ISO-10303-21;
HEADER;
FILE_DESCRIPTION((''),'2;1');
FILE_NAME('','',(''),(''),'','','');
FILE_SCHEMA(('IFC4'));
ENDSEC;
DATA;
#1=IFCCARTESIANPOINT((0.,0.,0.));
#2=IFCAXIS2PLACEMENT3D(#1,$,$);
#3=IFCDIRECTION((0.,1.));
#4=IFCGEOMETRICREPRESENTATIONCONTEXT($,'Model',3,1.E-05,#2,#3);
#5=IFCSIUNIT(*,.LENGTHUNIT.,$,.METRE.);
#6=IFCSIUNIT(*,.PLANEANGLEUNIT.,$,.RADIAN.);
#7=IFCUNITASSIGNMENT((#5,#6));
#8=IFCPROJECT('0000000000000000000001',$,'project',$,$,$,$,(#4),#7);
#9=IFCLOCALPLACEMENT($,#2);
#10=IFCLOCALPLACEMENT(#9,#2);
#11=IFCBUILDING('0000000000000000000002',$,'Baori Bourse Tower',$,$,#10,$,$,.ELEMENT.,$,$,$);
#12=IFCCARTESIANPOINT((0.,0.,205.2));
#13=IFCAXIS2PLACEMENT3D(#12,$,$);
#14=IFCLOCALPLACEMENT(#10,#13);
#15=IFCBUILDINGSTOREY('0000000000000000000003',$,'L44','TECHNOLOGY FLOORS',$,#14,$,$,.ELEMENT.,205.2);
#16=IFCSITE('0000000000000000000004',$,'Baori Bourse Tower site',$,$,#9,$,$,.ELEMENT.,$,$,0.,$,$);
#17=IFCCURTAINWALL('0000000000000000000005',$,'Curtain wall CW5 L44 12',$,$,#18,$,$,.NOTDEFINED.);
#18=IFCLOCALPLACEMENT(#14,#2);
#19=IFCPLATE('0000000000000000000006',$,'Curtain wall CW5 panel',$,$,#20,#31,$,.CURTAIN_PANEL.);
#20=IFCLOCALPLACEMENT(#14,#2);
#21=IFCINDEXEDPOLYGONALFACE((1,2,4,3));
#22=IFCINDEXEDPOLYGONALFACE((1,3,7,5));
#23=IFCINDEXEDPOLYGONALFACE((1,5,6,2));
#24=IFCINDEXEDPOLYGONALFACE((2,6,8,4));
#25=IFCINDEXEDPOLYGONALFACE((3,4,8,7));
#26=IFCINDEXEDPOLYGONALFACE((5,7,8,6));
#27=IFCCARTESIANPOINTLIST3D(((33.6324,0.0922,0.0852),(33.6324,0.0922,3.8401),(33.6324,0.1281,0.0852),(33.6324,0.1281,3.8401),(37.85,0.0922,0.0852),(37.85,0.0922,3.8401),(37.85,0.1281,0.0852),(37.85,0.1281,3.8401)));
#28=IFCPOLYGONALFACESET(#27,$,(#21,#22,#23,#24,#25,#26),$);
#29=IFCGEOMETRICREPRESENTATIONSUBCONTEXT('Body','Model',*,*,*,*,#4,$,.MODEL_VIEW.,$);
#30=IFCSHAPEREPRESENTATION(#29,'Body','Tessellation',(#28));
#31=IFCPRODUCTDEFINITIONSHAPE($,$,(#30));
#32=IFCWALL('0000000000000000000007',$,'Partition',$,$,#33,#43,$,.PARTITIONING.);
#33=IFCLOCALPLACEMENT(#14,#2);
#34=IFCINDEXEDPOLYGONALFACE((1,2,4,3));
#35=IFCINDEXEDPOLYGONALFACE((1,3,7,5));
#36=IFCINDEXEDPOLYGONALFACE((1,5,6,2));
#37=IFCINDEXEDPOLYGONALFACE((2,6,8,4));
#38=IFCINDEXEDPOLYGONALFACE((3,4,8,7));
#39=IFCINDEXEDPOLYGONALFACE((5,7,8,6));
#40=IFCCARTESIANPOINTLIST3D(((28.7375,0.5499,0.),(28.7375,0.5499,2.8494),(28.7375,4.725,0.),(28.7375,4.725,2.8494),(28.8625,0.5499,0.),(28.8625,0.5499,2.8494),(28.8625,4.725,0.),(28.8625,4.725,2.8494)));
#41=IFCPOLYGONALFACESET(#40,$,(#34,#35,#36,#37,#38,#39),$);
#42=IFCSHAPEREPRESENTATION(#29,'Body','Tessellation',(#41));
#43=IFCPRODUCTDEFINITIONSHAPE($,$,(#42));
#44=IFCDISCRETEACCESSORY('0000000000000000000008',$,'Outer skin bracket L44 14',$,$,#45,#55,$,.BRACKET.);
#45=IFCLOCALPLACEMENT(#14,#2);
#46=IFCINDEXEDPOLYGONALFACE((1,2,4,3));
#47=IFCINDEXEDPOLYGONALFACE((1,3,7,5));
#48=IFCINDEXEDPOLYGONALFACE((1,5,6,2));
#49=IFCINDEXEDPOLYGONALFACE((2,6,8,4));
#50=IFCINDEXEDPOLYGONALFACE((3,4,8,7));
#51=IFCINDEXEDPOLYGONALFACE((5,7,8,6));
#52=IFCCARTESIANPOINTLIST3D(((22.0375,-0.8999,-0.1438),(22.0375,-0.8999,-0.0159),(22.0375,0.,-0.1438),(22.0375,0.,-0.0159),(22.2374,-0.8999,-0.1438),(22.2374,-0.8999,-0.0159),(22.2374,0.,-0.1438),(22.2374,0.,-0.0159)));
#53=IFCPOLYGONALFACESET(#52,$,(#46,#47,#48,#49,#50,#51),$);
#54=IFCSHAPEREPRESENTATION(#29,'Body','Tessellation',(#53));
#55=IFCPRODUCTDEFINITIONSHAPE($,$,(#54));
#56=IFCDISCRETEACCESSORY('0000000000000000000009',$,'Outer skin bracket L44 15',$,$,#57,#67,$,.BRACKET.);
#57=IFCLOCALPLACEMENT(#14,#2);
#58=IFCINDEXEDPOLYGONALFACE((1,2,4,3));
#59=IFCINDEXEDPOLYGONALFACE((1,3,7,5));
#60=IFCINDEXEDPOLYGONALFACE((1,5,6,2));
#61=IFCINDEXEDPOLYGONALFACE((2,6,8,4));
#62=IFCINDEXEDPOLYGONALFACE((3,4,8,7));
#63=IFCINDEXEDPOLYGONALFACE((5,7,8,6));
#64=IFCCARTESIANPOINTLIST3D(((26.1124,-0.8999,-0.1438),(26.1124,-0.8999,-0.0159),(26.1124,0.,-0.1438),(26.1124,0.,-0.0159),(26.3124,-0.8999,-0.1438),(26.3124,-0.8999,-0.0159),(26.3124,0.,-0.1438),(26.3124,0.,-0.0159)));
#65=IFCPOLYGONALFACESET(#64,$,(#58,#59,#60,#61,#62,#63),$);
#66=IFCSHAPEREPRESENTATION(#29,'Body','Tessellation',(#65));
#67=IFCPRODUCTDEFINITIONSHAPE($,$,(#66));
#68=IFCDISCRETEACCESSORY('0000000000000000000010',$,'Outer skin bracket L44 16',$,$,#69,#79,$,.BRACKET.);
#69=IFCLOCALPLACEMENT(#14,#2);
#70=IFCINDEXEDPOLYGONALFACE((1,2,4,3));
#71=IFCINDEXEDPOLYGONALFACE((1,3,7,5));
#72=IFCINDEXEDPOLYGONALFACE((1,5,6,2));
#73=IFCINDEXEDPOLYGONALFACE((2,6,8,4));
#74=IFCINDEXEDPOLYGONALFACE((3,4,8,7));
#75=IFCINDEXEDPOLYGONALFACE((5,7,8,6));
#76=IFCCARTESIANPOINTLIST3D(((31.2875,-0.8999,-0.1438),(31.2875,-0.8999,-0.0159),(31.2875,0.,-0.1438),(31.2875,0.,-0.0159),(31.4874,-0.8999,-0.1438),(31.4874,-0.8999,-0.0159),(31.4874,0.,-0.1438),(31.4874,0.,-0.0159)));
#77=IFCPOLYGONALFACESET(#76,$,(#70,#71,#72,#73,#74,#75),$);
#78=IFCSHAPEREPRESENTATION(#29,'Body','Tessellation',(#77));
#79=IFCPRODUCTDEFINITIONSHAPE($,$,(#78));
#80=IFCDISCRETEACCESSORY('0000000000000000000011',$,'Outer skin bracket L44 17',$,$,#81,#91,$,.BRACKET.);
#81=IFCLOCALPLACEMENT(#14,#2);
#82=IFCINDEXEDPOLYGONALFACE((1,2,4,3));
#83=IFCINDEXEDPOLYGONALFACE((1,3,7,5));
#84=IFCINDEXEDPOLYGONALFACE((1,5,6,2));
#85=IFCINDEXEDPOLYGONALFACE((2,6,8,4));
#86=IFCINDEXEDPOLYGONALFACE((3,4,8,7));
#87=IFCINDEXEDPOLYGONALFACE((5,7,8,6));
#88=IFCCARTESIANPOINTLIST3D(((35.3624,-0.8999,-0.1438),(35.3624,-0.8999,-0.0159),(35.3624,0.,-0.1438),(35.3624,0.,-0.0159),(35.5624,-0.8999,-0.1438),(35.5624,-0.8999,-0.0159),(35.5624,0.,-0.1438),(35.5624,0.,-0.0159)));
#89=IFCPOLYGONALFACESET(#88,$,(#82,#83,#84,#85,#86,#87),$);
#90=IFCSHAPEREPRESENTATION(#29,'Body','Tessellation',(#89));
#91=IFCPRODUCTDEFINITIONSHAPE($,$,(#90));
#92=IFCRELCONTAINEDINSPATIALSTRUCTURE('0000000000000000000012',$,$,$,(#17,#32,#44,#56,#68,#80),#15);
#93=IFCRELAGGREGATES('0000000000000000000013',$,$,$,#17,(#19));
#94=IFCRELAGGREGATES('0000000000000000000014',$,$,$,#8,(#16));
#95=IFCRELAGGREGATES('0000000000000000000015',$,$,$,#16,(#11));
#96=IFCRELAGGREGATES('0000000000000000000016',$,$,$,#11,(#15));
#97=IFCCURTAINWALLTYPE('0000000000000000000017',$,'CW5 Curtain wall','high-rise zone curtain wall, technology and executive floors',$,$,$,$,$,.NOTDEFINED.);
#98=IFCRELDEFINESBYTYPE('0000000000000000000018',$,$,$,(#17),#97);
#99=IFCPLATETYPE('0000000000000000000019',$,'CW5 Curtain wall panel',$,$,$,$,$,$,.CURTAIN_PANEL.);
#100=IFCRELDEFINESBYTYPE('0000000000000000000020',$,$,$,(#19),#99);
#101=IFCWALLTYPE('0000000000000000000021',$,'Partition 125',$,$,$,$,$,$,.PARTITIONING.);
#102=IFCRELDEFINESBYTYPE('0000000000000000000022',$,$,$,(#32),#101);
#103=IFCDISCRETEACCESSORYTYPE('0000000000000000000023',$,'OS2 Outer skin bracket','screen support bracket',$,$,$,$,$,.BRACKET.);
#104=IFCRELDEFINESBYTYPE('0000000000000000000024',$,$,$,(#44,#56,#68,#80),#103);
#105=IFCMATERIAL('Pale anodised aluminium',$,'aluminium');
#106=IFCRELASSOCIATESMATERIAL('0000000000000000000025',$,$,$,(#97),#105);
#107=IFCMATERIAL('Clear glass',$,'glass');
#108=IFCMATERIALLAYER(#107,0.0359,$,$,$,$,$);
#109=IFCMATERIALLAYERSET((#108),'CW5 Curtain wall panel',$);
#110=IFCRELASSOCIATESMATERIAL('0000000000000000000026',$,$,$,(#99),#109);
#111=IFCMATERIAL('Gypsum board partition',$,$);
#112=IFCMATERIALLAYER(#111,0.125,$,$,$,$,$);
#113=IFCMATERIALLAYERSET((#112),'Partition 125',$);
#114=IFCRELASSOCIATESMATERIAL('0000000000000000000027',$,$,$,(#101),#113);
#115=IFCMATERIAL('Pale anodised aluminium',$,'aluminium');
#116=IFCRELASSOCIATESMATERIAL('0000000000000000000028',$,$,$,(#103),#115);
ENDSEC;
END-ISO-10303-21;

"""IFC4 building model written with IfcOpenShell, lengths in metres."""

from ifc_helpers import new_model, si_unit, direction, frame, frame_2d, origin, origin_2d, place, context, subcontext, project, spatial, rectangle, extrude, material, layer, layer_set, type_object, element, aggregate, save


model = new_model("IFC4")

# Units and contexts
model_context = context("Model", 3, precision=1e-05, world=origin(), true_north=direction((0.0, 1.0)))
body_context = subcontext(model_context, "Body", "Model", "MODEL_VIEW")
ifc_project = project(units=[si_unit("LENGTHUNIT", "METRE"), si_unit("PLANEANGLEUNIT", "RADIAN")], contexts=[model_context])

# Site, building, storey
site_placement = place(None, origin())
site = spatial("IfcSite", under=ifc_project, at=site_placement, Name="Baori Bourse Tower site", CompositionType="ELEMENT", RefElevation=0.0)
building_placement = place(site_placement, origin())
building = spatial("IfcBuilding", under=site, at=building_placement, Name="Baori Bourse Tower", CompositionType="ELEMENT")
storey_placement = place(building_placement, frame((0.0, 0.0, 205.2)))
storey = spatial("IfcBuildingStorey", under=building, at=storey_placement, Name="L44", Description="TECHNOLOGY FLOORS", CompositionType="ELEMENT", Elevation=205.2)

# Curtain wall
ifc_material_1 = material(Name="Pale anodised aluminium", Category="aluminium")
curtain_wall_type_1 = type_object("IfcCurtainWallType", Name="CW5 Curtain wall", Description="high-rise zone curtain wall, technology and executive floors", PredefinedType="NOTDEFINED", material=ifc_material_1)
curtain_wall_1_placement = place(storey_placement, origin())
curtain_wall_1 = element("IfcCurtainWall", 1, at=curtain_wall_1_placement, inside=storey, type_object=curtain_wall_type_1, Name="Curtain wall CW5 L44 12", PredefinedType="NOTDEFINED")

# Plate
ifc_material_2 = material(Name="Clear glass", Category="glass")
ifc_layer_1 = layer(ifc_material_2, 0.0359)
ifc_layer_set_1 = layer_set([ifc_layer_1], Name="CW5 Curtain wall panel")
plate_type = type_object("IfcPlateType", Name="CW5 Curtain wall panel", PredefinedType="CURTAIN_PANEL", material=ifc_layer_set_1)
plate_1_placement = place(storey_placement, frame((35.7412, 0.1101, 0.0852), z_axis=(0.0, 0.0, 1.0), x_axis=(1.0, 0.0, 0.0)))
plate_1 = element("IfcPlate", 2, at=plate_1_placement, type_object=plate_type, Name="Curtain wall CW5 panel", PredefinedType="CURTAIN_PANEL", context=body_context, shape_type="SweptSolid", body=[
    extrude(rectangle(XDim=4.2175, YDim=0.0359, at=origin_2d()), origin(), (0.0, 0.0, 1.0), 3.7549),
])
aggregate(curtain_wall_1, [plate_1])

# Wall
ifc_material_3 = material(Name="Gypsum board partition")
ifc_layer_2 = layer(ifc_material_3, 0.125)
ifc_layer_set_2 = layer_set([ifc_layer_2], Name="Partition 125")
wall_type = type_object("IfcWallType", Name="Partition 125", PredefinedType="PARTITIONING", material=ifc_layer_set_2)
wall_placement = place(storey_placement, frame((28.8, 0.55, 0.0), z_axis=(0.0, 0.0, 1.0), x_axis=(0.0, 1.0, 0.0)))
element("IfcWall", 3, at=wall_placement, inside=storey, type_object=wall_type, Name="Partition", PredefinedType="PARTITIONING", context=body_context, shape_type="SweptSolid", body=[
    extrude(rectangle(XDim=4.175, YDim=0.125, at=frame_2d((2.0874, 0.0))), origin(), (0.0, 0.0, 1.0), 2.8494),
])

# Discrete accessories
ifc_material_4 = material(Name="Pale anodised aluminium", Category="aluminium")
discrete_accessory_type = type_object("IfcDiscreteAccessoryType", Name="OS2 Outer skin bracket", Description="screen support bracket", PredefinedType="BRACKET", material=ifc_material_4)
for number, where, z_axis, x_axis, name in (
    (4, (22.1375, -0.45, -0.1438), (0.0, 0.0, 1.0), (1.0, 0.0, 0.0), "Outer skin bracket L44 14"),
    (5, (26.2124, -0.45, -0.1438), (0.0, 0.0, 1.0), (1.0, 0.0, 0.0), "Outer skin bracket L44 15"),
    (6, (31.3875, -0.45, -0.1438), (0.0, 0.0, 1.0), (1.0, 0.0, 0.0), "Outer skin bracket L44 16"),
    (7, (35.4624, -0.45, -0.1438), (0.0, 0.0, 1.0), (1.0, 0.0, 0.0), "Outer skin bracket L44 17"),
):
    element("IfcDiscreteAccessory", number, at=place(storey_placement, frame(where, z_axis=z_axis, x_axis=x_axis)), inside=storey, type_object=discrete_accessory_type, Name=name, PredefinedType="BRACKET", context=body_context, shape_type="SweptSolid", body=[
        extrude(rectangle(XDim=0.2, YDim=0.8999, at=origin_2d()), origin(), (0.0, 0.0, 1.0), 0.1279),
    ])

save(model, "model.ifc")
